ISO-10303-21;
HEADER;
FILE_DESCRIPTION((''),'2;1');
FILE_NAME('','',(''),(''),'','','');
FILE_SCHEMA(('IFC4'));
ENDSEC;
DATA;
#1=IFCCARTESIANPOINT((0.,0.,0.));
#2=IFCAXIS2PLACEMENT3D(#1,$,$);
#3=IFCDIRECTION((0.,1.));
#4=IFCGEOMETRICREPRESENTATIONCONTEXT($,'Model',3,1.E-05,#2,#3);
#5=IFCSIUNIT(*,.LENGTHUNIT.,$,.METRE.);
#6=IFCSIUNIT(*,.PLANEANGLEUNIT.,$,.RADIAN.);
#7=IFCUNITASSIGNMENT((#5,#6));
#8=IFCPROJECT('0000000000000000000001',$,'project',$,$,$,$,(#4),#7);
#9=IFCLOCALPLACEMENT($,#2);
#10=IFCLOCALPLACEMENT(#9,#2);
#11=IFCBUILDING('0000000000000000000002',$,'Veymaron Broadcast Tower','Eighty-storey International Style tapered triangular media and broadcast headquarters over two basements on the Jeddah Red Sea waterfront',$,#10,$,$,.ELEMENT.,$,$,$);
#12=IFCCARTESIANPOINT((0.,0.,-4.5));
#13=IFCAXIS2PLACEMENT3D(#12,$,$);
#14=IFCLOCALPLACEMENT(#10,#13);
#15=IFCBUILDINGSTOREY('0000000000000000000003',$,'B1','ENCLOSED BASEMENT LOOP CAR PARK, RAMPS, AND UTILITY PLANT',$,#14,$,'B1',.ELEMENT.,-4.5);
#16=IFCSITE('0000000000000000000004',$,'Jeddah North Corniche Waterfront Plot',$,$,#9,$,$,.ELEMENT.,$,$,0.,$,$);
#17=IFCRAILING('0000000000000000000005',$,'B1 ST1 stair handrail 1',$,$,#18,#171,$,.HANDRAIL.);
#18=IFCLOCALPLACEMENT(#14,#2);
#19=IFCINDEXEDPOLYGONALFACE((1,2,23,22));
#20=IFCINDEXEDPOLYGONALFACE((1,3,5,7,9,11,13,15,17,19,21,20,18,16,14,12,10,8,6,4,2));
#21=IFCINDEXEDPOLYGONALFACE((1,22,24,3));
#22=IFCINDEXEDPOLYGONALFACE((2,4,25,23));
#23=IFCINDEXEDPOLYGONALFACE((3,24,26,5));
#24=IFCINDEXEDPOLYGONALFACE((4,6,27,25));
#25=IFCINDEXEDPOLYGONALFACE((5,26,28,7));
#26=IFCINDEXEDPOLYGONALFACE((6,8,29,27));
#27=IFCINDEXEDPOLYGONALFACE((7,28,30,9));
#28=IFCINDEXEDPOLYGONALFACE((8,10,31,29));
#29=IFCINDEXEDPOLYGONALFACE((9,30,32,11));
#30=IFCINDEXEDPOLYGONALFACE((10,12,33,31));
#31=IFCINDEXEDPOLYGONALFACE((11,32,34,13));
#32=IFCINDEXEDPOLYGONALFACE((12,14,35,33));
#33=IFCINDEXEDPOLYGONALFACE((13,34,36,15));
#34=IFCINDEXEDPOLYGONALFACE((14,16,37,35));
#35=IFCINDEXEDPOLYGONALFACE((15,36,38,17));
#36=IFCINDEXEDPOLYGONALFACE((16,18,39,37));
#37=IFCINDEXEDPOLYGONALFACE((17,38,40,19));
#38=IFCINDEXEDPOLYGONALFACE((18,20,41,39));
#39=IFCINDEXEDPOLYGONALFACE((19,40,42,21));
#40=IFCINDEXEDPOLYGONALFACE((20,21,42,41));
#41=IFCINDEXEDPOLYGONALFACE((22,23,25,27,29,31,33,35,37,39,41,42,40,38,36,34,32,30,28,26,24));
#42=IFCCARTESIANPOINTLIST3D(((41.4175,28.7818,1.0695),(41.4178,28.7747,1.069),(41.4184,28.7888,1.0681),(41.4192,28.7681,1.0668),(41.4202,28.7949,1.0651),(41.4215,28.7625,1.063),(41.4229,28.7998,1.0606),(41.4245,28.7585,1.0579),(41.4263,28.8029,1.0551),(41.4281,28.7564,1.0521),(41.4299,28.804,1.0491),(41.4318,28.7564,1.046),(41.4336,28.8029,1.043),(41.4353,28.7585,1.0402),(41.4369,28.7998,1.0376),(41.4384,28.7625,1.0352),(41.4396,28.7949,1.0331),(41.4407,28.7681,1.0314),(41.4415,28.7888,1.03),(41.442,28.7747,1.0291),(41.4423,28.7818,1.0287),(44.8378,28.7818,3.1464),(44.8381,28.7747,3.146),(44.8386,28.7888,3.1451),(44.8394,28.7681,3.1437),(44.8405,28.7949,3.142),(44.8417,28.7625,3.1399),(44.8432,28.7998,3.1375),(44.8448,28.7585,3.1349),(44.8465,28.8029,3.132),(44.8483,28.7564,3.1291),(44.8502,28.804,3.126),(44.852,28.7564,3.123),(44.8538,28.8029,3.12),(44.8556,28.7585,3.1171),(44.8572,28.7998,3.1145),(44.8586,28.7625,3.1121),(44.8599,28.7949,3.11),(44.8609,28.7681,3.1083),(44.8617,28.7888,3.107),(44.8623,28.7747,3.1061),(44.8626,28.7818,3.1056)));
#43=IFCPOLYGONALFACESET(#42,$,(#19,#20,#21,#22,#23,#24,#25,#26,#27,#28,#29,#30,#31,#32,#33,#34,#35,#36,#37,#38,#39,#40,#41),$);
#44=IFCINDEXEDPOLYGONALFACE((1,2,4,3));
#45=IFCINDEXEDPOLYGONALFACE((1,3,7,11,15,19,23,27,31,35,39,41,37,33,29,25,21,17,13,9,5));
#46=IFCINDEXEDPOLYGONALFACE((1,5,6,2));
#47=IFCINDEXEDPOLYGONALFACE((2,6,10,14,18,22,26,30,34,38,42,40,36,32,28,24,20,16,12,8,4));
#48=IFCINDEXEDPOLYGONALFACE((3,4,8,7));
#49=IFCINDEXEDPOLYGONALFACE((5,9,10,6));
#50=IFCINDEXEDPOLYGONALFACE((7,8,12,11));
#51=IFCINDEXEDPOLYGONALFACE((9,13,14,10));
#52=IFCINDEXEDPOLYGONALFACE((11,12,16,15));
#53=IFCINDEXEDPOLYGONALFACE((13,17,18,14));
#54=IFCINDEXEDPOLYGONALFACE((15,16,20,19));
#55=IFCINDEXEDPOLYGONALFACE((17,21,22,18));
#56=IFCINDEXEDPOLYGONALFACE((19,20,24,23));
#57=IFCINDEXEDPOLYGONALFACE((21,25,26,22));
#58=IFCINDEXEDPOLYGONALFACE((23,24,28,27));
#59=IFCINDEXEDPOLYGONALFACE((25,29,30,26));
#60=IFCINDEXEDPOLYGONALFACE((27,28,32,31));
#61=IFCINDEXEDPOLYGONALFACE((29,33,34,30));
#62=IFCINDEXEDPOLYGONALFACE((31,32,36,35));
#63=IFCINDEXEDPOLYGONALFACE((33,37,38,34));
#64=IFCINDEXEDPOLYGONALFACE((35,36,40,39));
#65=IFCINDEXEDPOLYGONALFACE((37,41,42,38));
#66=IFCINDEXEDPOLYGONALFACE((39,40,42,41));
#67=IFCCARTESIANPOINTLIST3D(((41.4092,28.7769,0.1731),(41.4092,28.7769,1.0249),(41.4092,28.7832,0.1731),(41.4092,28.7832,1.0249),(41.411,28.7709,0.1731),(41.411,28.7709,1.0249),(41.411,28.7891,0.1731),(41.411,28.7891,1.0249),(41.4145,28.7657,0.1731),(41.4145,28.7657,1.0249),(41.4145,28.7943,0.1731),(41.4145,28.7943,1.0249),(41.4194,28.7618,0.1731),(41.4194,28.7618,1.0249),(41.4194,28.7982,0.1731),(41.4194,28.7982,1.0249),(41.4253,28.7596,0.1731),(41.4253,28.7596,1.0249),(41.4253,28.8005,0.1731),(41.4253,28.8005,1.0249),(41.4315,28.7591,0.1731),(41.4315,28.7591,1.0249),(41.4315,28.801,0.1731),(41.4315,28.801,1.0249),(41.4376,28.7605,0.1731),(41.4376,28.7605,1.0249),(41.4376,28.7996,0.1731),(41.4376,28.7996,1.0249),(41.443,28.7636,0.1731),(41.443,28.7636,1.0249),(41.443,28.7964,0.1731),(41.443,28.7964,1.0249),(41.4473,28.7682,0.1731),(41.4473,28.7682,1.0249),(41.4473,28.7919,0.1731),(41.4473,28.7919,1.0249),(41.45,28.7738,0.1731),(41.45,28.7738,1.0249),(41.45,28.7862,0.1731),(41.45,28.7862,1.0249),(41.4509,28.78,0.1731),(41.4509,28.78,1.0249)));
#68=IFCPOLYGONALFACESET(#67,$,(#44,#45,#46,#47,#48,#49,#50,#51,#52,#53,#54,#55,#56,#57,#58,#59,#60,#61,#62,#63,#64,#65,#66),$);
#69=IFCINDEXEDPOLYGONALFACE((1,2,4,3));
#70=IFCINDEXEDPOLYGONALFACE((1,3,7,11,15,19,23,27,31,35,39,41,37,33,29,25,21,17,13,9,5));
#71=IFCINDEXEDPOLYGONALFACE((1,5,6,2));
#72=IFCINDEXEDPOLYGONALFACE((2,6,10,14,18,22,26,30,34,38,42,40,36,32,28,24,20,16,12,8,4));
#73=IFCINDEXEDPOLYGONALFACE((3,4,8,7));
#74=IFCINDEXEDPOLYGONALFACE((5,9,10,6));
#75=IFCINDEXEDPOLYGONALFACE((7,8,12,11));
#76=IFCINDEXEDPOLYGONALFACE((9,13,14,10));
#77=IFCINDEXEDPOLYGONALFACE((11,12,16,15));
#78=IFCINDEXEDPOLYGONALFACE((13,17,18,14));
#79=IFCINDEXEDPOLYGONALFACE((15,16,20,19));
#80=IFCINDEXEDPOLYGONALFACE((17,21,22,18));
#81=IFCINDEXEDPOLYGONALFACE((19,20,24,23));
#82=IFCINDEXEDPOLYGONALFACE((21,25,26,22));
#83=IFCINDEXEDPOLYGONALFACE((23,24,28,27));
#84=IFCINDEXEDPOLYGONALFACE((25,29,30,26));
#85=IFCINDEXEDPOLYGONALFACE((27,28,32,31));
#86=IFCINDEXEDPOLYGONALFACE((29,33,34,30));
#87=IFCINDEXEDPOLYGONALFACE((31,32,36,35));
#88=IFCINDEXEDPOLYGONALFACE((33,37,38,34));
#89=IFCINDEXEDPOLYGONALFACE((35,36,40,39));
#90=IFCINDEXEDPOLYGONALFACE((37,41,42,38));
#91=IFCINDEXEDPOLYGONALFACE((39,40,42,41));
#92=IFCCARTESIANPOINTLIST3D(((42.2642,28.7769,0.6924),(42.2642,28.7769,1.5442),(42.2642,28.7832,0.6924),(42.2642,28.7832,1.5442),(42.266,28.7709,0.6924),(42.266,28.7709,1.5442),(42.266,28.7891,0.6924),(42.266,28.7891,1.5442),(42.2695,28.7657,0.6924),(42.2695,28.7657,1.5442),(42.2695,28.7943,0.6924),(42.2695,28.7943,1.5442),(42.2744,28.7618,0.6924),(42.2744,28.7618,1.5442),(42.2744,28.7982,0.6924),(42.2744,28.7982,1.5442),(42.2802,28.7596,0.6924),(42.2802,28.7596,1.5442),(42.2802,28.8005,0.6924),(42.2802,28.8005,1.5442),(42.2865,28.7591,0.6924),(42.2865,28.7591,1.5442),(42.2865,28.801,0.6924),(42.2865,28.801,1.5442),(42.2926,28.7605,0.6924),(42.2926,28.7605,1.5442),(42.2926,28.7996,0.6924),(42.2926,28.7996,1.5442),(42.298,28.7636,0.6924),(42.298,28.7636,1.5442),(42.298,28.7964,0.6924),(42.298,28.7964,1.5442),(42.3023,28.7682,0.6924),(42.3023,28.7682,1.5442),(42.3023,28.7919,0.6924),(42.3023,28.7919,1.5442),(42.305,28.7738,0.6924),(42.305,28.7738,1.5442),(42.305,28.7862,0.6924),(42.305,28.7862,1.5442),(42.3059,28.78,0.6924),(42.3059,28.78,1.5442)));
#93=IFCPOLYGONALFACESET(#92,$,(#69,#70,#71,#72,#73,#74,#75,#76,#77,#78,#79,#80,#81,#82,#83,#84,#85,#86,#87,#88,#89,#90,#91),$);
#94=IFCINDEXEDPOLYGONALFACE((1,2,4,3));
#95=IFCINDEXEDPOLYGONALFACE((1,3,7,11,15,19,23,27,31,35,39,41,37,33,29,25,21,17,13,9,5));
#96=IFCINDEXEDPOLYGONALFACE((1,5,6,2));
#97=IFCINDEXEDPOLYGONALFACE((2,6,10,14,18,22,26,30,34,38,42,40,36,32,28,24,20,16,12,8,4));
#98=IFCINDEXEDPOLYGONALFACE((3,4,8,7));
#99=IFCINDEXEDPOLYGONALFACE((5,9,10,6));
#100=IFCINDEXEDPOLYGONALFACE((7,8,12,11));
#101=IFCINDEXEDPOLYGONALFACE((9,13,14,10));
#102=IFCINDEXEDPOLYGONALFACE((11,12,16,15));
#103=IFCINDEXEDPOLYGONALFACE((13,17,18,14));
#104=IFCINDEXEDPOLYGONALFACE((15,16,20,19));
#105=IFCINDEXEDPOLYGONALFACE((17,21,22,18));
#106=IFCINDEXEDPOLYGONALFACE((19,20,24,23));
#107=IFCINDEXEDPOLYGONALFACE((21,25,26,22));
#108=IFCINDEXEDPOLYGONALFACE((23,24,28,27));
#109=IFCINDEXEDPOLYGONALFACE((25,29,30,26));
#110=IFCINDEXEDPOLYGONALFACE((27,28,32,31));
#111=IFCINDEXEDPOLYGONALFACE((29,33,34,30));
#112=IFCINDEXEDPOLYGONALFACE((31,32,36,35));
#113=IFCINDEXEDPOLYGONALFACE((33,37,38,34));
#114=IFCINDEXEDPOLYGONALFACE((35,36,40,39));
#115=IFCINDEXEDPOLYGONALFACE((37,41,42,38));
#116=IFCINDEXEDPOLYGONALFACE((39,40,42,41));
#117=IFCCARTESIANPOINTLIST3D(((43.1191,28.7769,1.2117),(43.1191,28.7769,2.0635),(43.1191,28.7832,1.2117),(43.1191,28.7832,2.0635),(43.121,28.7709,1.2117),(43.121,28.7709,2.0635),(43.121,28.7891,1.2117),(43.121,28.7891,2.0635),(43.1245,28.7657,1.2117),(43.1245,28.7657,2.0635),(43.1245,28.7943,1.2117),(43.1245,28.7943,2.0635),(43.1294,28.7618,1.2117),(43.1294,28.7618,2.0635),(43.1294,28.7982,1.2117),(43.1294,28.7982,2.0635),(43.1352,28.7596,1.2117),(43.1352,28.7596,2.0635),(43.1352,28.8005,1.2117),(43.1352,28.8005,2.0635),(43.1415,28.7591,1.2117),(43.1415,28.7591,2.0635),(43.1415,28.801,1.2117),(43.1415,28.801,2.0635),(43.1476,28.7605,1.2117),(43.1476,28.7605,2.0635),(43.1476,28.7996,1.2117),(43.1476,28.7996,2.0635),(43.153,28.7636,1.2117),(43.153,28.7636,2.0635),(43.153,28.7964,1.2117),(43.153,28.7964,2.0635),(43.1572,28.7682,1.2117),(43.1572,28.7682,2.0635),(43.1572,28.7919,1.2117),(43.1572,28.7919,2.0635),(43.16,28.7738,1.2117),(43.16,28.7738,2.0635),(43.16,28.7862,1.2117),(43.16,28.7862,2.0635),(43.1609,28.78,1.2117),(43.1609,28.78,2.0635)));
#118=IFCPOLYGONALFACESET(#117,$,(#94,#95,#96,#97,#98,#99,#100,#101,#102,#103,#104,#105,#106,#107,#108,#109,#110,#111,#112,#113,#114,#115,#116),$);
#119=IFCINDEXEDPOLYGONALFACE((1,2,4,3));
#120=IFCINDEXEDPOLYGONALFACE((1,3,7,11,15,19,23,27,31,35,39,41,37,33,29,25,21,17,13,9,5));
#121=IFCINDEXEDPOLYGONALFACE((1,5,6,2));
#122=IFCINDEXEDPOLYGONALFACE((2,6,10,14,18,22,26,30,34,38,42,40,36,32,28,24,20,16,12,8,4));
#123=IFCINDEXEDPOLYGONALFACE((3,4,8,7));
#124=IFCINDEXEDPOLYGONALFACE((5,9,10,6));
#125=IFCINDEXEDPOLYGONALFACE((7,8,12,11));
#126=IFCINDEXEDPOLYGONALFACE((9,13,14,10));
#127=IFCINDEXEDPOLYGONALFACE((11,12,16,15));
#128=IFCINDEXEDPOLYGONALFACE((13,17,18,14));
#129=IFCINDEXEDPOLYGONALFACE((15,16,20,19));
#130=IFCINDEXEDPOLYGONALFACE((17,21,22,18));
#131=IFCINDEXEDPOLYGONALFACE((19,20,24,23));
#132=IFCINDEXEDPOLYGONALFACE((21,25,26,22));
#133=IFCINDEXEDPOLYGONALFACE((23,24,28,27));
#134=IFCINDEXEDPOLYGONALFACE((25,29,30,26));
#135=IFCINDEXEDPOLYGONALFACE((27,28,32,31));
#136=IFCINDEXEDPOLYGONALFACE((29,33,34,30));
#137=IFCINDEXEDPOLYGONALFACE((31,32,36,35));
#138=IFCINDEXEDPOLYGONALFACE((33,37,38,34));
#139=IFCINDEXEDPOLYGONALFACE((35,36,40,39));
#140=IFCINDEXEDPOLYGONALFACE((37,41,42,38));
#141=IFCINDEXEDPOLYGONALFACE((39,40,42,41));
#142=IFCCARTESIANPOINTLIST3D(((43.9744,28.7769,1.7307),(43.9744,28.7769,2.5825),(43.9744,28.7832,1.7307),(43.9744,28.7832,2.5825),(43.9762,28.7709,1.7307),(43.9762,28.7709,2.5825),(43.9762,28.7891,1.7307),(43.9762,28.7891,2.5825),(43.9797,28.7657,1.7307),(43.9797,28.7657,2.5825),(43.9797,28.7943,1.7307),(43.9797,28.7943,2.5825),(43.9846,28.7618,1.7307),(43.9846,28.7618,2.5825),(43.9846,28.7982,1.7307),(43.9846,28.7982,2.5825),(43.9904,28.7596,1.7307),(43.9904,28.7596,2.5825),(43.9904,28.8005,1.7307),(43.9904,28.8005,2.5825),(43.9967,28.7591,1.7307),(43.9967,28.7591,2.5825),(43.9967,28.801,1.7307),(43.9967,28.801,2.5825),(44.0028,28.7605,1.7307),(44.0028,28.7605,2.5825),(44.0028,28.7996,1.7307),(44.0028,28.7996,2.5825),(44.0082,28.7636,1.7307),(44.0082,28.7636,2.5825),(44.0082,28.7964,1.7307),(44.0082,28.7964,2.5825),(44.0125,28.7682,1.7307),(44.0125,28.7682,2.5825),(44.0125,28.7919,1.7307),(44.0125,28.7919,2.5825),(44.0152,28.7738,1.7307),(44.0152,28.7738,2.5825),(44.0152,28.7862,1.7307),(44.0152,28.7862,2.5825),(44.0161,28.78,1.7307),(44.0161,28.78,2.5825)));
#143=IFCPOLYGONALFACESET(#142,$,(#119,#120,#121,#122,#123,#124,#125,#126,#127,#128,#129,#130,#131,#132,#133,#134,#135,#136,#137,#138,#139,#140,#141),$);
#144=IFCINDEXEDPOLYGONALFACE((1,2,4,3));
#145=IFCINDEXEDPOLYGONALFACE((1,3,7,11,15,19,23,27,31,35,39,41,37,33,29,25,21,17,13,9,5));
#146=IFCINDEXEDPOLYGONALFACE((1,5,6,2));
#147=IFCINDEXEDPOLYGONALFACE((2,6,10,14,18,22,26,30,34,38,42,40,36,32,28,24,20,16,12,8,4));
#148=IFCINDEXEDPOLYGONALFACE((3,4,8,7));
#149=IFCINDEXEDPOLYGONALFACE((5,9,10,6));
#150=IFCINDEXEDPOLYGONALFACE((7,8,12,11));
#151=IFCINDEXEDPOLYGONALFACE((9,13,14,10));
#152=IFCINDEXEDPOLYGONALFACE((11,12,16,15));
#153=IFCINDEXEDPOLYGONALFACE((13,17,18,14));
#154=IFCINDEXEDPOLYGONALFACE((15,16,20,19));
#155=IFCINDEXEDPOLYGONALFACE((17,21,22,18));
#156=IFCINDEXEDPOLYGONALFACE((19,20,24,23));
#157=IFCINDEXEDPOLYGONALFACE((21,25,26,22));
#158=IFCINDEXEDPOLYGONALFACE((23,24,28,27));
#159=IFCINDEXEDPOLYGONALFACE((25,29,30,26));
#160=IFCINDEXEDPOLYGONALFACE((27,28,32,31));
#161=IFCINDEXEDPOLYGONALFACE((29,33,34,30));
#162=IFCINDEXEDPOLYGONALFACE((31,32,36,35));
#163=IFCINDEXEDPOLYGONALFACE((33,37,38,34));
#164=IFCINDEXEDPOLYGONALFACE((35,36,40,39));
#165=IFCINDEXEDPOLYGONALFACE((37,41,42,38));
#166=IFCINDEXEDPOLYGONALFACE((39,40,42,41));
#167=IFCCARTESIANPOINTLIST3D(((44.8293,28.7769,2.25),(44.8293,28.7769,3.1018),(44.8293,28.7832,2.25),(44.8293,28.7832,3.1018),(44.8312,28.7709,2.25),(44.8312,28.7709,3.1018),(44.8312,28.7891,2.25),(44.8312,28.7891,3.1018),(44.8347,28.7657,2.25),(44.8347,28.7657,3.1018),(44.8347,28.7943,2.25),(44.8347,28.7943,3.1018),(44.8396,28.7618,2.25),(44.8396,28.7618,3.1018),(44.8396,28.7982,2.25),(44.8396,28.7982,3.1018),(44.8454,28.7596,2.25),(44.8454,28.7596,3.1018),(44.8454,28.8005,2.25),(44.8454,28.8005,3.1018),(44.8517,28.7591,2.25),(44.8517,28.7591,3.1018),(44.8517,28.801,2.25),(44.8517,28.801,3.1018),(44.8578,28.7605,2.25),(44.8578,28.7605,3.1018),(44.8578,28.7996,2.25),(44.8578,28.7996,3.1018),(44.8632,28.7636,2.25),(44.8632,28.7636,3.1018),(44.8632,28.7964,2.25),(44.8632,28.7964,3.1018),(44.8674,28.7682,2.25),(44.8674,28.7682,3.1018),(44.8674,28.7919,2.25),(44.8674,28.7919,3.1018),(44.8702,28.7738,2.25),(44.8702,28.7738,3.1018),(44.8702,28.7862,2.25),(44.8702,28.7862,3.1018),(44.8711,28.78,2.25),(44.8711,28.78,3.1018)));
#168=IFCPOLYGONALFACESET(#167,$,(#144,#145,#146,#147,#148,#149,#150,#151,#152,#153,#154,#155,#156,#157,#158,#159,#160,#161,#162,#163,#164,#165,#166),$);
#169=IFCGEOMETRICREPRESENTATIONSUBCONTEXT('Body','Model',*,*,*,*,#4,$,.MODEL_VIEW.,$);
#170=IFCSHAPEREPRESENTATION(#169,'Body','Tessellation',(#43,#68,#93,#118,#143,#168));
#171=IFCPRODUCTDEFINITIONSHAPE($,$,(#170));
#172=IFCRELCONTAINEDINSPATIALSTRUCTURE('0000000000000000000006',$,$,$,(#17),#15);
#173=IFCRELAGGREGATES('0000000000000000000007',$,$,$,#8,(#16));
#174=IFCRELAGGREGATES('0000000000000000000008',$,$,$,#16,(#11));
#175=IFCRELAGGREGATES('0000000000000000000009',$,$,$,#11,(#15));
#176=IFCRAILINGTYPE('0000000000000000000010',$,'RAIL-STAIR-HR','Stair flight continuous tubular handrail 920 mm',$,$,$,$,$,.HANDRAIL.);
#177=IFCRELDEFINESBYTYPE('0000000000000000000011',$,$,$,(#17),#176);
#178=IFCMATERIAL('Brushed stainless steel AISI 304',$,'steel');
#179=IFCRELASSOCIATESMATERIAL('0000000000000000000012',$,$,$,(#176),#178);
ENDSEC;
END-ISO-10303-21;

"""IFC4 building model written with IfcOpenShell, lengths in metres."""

from ifc_helpers import new_model, si_unit, direction, frame, origin, origin_2d, place, context, subcontext, project, spatial, circle, extrude, material, type_object, element, save


model = new_model("IFC4")

# Units and contexts
model_context = context("Model", 3, precision=1e-05, world=origin(), true_north=direction((0.0, 1.0)))
body_context = subcontext(model_context, "Body", "Model", "MODEL_VIEW")
ifc_project = project(units=[si_unit("LENGTHUNIT", "METRE"), si_unit("PLANEANGLEUNIT", "RADIAN")], contexts=[model_context])

# Site, building, storey
site_placement = place(None, origin())
site = spatial("IfcSite", under=ifc_project, at=site_placement, Name="Jeddah North Corniche Waterfront Plot", CompositionType="ELEMENT", RefElevation=0.0)
building_placement = place(site_placement, origin())
building = spatial("IfcBuilding", under=site, at=building_placement, Name="Veymaron Broadcast Tower", Description="Eighty-storey International Style tapered triangular media and broadcast headquarters over two basements on the Jeddah Red Sea waterfront", CompositionType="ELEMENT")
storey_placement = place(building_placement, frame((0.0, 0.0, -4.5)))
storey = spatial("IfcBuildingStorey", under=building, at=storey_placement, Name="B1", Description="ENCLOSED BASEMENT LOOP CAR PARK, RAMPS, AND UTILITY PLANT", LongName="B1", CompositionType="ELEMENT", Elevation=-4.5)

# Shared definitions
ifc_material_1 = material(Name="Brushed stainless steel AISI 304", Category="steel")

# Railing
railing_type_1 = type_object("IfcRailingType", Name="RAIL-STAIR-HR", Description="Stair flight continuous tubular handrail 920 mm", PredefinedType="HANDRAIL", material=ifc_material_1)
railing_1_placement = place(storey_placement, frame((41.4299, 28.78, 0.1731)))
element("IfcRailing", 1, at=railing_1_placement, inside=storey, type_object=railing_type_1, Name="B1 ST1 stair handrail 1", PredefinedType="HANDRAIL", context=body_context, shape_type="SweptSolid", body=[
    extrude(circle(Radius=0.0239, at=origin_2d()), frame((0.0, 0.0, 0.876), z_axis=(0.854746, 0.0, 0.519047), x_axis=(0.0, 1.0, 0.0)), (0.0, 0.0, 1.0), 4.0015),
    extrude(circle(Radius=0.021, at=origin_2d()), origin(), (0.0, 0.0, 1.0), 0.8518),
    extrude(circle(Radius=0.021, at=origin_2d()), frame((0.855, 0.0, 0.5193)), (0.0, 0.0, 1.0), 0.8518),
    extrude(circle(Radius=0.021, at=origin_2d()), frame((1.71, 0.0, 1.0386)), (0.0, 0.0, 1.0), 0.8518),
    extrude(circle(Radius=0.021, at=origin_2d()), frame((2.5652, 0.0, 1.5576)), (0.0, 0.0, 1.0), 0.8518),
    extrude(circle(Radius=0.021, at=origin_2d()), frame((3.4202, 0.0, 2.0769)), (0.0, 0.0, 1.0), 0.8518),
])

save(model, "model.ifc")
